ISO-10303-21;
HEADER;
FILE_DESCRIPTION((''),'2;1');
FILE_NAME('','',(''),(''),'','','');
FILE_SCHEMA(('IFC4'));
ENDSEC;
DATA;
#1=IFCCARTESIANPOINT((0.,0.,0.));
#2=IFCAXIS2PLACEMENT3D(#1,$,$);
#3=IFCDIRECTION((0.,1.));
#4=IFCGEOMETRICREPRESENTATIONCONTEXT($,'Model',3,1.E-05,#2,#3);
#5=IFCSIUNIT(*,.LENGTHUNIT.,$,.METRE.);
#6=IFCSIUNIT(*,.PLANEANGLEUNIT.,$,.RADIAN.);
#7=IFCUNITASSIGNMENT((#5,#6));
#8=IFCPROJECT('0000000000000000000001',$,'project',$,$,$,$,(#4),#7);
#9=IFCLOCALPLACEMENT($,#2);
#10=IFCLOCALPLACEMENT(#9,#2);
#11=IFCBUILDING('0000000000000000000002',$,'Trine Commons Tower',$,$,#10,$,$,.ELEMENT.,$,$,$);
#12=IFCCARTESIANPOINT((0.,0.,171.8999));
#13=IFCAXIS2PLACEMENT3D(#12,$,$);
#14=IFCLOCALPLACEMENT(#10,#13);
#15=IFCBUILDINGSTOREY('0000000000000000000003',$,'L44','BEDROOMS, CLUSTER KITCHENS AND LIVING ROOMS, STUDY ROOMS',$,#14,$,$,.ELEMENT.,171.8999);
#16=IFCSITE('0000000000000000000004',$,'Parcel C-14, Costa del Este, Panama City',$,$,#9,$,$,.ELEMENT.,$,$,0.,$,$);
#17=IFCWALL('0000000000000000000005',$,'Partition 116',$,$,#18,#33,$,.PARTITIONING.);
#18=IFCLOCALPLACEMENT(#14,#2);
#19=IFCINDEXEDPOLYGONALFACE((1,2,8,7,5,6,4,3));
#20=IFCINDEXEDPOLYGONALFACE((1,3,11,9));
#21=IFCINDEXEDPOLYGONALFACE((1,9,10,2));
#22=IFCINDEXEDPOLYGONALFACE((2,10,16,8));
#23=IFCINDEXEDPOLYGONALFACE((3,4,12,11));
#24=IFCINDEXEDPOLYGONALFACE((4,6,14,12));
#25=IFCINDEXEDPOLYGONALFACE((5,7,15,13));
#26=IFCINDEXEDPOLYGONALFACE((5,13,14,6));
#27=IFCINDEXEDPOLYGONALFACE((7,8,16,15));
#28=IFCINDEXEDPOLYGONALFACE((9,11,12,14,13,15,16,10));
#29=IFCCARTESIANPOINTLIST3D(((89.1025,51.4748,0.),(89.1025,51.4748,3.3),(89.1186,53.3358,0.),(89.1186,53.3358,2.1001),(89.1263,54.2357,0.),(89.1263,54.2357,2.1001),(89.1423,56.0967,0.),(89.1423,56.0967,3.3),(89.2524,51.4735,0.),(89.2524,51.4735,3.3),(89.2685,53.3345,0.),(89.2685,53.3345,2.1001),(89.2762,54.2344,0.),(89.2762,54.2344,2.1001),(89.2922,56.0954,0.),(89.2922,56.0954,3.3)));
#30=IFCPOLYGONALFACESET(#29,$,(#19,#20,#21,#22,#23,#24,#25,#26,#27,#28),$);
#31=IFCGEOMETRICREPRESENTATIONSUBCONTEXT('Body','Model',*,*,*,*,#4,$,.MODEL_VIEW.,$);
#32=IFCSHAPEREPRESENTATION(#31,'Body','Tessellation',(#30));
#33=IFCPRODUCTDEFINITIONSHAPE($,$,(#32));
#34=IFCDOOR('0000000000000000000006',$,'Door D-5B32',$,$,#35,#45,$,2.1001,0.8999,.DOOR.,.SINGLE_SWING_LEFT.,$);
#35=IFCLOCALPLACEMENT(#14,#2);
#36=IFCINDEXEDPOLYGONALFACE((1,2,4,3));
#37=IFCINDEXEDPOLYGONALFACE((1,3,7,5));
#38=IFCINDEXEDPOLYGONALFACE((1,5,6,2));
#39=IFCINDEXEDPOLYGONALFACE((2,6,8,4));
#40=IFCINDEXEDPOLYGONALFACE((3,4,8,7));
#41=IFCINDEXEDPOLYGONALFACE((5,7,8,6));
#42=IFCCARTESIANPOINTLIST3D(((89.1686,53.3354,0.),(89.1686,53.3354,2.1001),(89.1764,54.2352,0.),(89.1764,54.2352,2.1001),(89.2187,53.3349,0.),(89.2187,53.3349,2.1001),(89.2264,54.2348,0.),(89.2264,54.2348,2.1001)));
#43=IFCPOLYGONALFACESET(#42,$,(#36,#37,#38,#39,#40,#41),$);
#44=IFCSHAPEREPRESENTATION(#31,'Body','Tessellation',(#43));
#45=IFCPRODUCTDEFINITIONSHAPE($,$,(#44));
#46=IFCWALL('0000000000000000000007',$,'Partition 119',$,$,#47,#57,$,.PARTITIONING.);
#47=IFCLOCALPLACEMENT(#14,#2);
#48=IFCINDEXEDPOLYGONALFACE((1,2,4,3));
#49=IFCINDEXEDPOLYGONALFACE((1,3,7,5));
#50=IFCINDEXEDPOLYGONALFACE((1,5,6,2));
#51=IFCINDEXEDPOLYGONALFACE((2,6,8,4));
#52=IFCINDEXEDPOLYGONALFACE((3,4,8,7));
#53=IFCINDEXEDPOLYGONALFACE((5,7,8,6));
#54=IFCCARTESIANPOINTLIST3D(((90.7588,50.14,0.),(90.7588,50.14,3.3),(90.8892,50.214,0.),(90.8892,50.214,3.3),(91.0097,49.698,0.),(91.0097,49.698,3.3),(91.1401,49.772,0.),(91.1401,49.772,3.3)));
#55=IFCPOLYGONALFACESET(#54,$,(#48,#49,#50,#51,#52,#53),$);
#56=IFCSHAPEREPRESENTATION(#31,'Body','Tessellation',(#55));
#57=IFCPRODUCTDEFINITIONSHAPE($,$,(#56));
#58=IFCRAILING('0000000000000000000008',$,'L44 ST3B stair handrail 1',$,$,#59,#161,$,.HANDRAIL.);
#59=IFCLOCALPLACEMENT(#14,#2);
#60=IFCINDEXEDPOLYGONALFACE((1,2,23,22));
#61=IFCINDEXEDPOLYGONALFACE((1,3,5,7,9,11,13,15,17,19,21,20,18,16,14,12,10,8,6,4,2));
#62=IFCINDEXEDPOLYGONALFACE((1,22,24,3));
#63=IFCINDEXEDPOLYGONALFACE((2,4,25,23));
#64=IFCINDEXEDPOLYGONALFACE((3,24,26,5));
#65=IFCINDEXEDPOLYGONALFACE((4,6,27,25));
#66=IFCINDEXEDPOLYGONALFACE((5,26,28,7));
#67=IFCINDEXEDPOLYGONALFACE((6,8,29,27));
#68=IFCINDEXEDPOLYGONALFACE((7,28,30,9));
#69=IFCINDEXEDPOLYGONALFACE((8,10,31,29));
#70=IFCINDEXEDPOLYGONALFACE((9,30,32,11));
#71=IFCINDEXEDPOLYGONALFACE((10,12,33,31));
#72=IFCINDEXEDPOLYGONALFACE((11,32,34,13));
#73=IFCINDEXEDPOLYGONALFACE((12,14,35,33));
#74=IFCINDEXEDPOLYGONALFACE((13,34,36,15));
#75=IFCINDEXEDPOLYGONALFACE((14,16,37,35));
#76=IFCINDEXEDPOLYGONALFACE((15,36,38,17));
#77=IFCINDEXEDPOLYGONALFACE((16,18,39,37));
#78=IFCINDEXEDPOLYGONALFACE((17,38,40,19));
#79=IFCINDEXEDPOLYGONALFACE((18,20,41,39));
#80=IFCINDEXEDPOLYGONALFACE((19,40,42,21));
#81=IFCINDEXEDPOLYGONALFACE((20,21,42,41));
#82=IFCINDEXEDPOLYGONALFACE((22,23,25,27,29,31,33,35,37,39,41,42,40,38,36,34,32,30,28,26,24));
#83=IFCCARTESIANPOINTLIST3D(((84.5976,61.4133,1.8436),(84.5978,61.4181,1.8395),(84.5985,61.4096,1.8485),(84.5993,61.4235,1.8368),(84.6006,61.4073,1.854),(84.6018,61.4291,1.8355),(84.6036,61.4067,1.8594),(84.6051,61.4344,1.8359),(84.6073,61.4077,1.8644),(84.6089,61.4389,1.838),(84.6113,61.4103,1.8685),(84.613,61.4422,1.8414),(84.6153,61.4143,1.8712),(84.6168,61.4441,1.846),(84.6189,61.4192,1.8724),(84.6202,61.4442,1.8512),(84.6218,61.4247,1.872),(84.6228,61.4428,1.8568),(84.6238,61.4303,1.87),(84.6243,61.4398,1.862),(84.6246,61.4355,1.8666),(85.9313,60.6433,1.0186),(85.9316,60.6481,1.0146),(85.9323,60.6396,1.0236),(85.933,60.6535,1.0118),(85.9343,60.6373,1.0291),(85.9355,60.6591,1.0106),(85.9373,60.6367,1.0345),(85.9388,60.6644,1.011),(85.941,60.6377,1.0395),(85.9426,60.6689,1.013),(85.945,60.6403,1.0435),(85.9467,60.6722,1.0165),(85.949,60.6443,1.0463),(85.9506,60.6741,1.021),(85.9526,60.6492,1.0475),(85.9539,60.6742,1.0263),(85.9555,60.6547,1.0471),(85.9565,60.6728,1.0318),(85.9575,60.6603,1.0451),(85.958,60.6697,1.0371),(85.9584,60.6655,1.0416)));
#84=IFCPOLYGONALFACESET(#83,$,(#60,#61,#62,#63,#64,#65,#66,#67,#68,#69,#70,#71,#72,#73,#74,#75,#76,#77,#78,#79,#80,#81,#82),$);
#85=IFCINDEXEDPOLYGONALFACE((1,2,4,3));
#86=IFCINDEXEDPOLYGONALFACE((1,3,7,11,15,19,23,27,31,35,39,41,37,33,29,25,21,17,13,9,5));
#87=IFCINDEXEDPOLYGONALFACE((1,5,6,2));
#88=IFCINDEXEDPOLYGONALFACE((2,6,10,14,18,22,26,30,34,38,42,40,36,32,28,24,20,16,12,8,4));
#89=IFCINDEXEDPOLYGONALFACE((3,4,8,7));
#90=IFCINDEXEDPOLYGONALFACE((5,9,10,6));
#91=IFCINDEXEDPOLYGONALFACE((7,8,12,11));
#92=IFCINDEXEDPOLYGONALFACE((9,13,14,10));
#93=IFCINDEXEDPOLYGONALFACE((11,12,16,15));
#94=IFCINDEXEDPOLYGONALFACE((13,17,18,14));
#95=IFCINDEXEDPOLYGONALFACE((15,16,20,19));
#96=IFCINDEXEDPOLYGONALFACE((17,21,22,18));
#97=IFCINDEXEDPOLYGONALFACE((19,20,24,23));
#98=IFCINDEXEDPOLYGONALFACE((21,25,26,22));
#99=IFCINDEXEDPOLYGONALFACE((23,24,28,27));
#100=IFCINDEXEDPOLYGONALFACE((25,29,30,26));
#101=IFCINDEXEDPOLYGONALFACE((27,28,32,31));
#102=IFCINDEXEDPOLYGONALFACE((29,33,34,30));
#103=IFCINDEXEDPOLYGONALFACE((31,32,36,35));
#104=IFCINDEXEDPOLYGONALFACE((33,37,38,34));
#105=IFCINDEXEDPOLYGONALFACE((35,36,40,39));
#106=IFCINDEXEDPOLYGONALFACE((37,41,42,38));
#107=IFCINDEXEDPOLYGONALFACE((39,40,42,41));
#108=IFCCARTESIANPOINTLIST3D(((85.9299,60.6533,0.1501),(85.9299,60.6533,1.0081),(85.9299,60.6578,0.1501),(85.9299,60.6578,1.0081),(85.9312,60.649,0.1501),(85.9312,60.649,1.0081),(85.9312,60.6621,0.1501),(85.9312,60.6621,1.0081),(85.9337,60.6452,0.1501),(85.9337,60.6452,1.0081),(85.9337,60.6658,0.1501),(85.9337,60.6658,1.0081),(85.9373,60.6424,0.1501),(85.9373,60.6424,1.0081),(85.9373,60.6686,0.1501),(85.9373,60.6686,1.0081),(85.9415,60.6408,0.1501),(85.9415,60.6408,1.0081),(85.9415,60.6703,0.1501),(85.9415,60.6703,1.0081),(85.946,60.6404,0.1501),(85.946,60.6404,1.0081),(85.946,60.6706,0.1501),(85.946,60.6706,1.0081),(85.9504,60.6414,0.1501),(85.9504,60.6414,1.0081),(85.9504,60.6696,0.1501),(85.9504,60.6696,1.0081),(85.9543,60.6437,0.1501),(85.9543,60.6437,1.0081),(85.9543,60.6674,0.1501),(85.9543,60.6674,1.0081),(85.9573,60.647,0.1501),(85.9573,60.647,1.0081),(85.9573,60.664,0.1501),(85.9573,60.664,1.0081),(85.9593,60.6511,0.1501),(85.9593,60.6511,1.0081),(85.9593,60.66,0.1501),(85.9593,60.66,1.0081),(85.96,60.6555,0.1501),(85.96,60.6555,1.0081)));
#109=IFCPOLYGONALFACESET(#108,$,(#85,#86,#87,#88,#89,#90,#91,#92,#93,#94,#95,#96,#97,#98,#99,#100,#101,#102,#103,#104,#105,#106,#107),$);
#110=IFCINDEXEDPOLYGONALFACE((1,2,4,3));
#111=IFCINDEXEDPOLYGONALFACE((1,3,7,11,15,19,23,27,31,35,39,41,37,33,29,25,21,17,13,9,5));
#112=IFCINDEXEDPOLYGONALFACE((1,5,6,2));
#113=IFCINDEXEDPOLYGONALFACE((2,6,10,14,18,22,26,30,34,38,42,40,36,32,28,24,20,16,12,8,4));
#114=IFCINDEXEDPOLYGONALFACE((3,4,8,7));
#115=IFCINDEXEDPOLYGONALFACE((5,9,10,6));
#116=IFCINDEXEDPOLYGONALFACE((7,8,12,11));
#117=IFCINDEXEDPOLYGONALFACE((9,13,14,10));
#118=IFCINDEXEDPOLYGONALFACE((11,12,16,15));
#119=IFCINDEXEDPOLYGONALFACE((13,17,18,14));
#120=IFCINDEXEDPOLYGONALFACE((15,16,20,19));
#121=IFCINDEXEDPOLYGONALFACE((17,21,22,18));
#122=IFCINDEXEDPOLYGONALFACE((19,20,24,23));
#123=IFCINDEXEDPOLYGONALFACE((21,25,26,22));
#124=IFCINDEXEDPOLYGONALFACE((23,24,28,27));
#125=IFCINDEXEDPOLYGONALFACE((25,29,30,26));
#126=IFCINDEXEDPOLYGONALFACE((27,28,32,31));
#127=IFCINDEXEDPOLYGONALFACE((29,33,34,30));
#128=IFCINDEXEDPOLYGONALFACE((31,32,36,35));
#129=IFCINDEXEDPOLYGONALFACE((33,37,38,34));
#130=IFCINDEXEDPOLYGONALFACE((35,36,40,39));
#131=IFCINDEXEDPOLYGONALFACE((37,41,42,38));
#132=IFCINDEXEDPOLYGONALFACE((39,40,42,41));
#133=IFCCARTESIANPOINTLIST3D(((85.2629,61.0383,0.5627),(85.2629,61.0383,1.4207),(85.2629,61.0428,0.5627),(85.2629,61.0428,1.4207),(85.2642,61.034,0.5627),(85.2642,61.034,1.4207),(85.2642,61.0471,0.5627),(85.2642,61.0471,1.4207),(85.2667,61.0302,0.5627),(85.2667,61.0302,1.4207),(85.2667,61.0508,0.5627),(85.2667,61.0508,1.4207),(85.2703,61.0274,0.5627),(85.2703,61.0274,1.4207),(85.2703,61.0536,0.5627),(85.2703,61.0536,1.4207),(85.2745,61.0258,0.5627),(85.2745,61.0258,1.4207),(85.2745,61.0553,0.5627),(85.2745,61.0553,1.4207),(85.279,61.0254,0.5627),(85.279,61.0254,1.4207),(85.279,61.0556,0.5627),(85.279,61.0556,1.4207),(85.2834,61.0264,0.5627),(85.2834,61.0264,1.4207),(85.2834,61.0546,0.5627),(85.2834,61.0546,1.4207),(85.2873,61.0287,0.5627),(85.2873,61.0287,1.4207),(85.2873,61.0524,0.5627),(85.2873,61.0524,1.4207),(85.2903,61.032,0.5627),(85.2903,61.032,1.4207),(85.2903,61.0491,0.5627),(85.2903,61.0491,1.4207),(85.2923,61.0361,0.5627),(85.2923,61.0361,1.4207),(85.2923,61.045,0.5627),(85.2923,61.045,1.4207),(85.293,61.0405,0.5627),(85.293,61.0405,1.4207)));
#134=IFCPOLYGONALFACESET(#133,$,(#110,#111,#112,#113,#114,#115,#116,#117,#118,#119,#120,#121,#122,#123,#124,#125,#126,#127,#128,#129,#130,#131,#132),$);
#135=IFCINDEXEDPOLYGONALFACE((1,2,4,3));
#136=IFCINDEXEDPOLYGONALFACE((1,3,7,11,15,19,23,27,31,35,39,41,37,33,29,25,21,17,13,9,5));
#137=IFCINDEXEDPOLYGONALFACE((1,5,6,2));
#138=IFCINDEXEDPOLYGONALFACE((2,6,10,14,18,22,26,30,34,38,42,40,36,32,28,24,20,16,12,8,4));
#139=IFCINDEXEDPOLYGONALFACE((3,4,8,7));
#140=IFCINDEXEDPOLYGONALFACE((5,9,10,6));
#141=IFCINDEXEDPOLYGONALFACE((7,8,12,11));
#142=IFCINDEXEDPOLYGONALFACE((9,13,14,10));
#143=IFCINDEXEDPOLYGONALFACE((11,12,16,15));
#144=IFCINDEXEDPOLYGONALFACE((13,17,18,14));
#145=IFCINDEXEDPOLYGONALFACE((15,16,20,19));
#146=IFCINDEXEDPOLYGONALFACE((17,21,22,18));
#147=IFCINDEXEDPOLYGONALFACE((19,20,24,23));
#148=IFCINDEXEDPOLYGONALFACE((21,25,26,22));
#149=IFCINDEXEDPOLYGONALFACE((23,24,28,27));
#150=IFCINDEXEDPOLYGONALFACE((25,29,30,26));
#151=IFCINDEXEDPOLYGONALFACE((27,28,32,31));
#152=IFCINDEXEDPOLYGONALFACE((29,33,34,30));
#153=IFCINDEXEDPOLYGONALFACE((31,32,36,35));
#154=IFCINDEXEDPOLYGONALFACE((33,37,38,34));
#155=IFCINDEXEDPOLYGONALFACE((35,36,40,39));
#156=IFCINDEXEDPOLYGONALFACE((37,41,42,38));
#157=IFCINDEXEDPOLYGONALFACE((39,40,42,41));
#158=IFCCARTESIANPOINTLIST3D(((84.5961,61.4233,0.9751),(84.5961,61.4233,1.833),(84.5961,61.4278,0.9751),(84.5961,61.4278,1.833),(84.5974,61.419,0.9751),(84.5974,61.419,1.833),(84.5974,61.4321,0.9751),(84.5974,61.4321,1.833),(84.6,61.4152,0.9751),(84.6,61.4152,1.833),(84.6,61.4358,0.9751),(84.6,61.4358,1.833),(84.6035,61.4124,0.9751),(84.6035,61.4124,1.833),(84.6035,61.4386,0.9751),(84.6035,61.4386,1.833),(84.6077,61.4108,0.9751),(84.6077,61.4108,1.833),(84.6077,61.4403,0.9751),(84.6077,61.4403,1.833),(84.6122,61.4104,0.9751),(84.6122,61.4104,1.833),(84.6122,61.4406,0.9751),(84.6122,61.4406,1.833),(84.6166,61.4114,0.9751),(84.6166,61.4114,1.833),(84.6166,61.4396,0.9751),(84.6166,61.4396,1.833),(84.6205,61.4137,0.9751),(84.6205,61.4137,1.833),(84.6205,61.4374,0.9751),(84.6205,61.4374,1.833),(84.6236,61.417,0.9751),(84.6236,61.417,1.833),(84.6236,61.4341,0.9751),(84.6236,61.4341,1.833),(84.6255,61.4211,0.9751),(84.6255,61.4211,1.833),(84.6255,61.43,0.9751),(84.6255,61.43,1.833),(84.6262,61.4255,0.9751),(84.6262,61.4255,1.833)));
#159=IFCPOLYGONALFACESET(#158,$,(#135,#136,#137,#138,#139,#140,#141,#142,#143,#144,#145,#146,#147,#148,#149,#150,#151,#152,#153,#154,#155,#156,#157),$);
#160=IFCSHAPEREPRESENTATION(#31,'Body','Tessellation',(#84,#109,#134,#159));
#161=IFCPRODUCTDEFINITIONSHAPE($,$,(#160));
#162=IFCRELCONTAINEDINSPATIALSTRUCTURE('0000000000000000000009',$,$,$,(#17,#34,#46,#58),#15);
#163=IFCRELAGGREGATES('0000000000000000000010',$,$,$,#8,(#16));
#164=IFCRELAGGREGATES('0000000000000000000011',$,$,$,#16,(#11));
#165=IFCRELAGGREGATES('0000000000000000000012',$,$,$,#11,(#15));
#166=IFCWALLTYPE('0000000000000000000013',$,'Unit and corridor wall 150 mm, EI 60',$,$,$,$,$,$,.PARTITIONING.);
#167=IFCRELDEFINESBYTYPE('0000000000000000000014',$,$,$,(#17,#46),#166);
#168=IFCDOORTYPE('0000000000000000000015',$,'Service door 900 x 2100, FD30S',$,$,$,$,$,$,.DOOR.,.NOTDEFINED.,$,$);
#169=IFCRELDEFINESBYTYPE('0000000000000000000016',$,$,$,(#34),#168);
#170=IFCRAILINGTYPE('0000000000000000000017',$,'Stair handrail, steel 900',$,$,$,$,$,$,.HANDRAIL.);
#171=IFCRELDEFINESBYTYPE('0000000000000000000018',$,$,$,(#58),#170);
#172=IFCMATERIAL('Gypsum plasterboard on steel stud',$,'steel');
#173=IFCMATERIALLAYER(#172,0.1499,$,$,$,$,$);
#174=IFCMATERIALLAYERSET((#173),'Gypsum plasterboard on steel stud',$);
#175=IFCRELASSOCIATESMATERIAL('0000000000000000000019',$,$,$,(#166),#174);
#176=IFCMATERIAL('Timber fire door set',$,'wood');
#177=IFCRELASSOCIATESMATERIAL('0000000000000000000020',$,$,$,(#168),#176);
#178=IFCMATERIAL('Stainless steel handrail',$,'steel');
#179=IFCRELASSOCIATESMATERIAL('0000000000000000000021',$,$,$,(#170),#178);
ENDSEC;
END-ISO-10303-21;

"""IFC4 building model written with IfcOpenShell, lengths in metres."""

from ifc_helpers import new_model, si_unit, direction, frame, frame_2d, origin, origin_2d, place, context, subcontext, project, spatial, rectangle, circle, extrude, material, layer, layer_set, type_object, element, fill, save


model = new_model("IFC4")

# Units and contexts
model_context = context("Model", 3, precision=1e-05, world=origin(), true_north=direction((0.0, 1.0)))
body_context = subcontext(model_context, "Body", "Model", "MODEL_VIEW")
ifc_project = project(units=[si_unit("LENGTHUNIT", "METRE"), si_unit("PLANEANGLEUNIT", "RADIAN")], contexts=[model_context])

# Site, building, storey
site_placement = place(None, origin())
site = spatial("IfcSite", under=ifc_project, at=site_placement, Name="Parcel C-14, Costa del Este, Panama City", CompositionType="ELEMENT", RefElevation=0.0)
building_placement = place(site_placement, origin())
building = spatial("IfcBuilding", under=site, at=building_placement, Name="Trine Commons Tower", CompositionType="ELEMENT")
storey_placement = place(building_placement, frame((0.0, 0.0, 171.8999)))
storey = spatial("IfcBuildingStorey", under=building, at=storey_placement, Name="L44", Description="BEDROOMS, CLUSTER KITCHENS AND LIVING ROOMS, STUDY ROOMS", CompositionType="ELEMENT", Elevation=171.8999)

# Shared definitions
ifc_material_1 = material(Name="Gypsum plasterboard on steel stud", Category="steel")
ifc_layer_1 = layer(ifc_material_1, 0.1499)
ifc_layer_set_1 = layer_set([ifc_layer_1], Name="Gypsum plasterboard on steel stud")
wall_type_1 = type_object("IfcWallType", Name="Unit and corridor wall 150 mm, EI 60", PredefinedType="PARTITIONING", material=ifc_layer_set_1)

# Wall, opening, door
wall_1_placement = place(storey_placement, frame((89.1775, 51.4741, 0.0), z_axis=(0.0, 0.0, 1.0), x_axis=(0.00861, 0.999963, 0.0)))
wall_1 = element("IfcWall", 1, at=wall_1_placement, inside=storey, type_object=wall_type_1, Name="Partition 116", PredefinedType="PARTITIONING", context=body_context, shape_type="SweptSolid", body=[
    extrude(rectangle(XDim=4.6221, YDim=0.1499, at=frame_2d((2.311, 0.0))), origin(), (0.0, 0.0, 1.0), 3.3),
])
opening_1_placement = place(wall_1_placement, frame((1.8611, 0.0, 0.0)))
opening_1 = element("IfcOpeningElement", 2, at=opening_1_placement, cuts=wall_1, PredefinedType="OPENING", context=body_context, shape_type="SweptSolid", body=[
    extrude(rectangle(XDim=0.8999, YDim=2.1001, at=frame_2d((0.45, 1.05))), frame((0.0, 0.085, 0.0), z_axis=(0.0, -1.0, 0.0), x_axis=(1.0, 0.0, 0.0)), (0.0, 0.0, 1.0), 0.1699),
])
ifc_material_2 = material(Name="Timber fire door set", Category="wood")
door_type_1 = type_object("IfcDoorType", Name="Service door 900 x 2100, FD30S", OperationType="NOTDEFINED", PredefinedType="DOOR", material=ifc_material_2)
door_1_placement = place(opening_1_placement, origin())
door_1 = element("IfcDoor", 3, at=door_1_placement, inside=storey, type_object=door_type_1, Name="Door D-5B32", OperationType="SINGLE_SWING_LEFT", OverallHeight=2.1001, OverallWidth=0.8999, PredefinedType="DOOR", context=body_context, shape_type="SweptSolid", body=[
    extrude(rectangle(XDim=0.8999, YDim=2.1001, at=frame_2d((0.45, 1.05))), frame((0.0, 0.0249, 0.0), z_axis=(0.0, -1.0, 0.0), x_axis=(1.0, 0.0, 0.0)), (0.0, 0.0, 1.0), 0.05),
])
fill(opening_1, door_1)

# Wall
wall_2_placement = place(storey_placement, frame((90.824, 50.177, 0.0), z_axis=(0.0, 0.0, 1.0), x_axis=(0.493655, -0.869658, 0.0)))
element("IfcWall", 4, at=wall_2_placement, inside=storey, type_object=wall_type_1, Name="Partition 119", PredefinedType="PARTITIONING", context=body_context, shape_type="SweptSolid", body=[
    extrude(rectangle(XDim=0.5083, YDim=0.1499, at=frame_2d((0.2542, 0.0))), origin(), (0.0, 0.0, 1.0), 3.3),
])

# Railing
ifc_material_3 = material(Name="Stainless steel handrail", Category="steel")
railing_type = type_object("IfcRailingType", Name="Stair handrail, steel 900", PredefinedType="HANDRAIL", material=ifc_material_3)
railing_placement = place(storey_placement, frame((85.9448, 60.6555, 0.1501)))
element("IfcRailing", 5, at=railing_placement, inside=storey, type_object=railing_type, Name="L44 ST3B stair handrail 1", PredefinedType="HANDRAIL", context=body_context, shape_type="SweptSolid", body=[
    extrude(circle(Radius=0.021, at=origin_2d()), frame((0.0, 0.0, 0.8789), z_axis=(-0.763405, 0.440743, 0.472185), x_axis=(-0.499992, -0.86603, 0.0)), (0.0, 0.0, 1.0), 1.7471),
    extrude(circle(Radius=0.0151, at=origin_2d()), origin(), (0.0, 0.0, 1.0), 0.8579),
    extrude(circle(Radius=0.0151, at=origin_2d()), frame((-0.667, 0.385, 0.4126)), (0.0, 0.0, 1.0), 0.8579),
    extrude(circle(Radius=0.0151, at=origin_2d()), frame((-1.3337, 0.77, 0.825)), (0.0, 0.0, 1.0), 0.8579),
])

save(model, "model.ifc")
